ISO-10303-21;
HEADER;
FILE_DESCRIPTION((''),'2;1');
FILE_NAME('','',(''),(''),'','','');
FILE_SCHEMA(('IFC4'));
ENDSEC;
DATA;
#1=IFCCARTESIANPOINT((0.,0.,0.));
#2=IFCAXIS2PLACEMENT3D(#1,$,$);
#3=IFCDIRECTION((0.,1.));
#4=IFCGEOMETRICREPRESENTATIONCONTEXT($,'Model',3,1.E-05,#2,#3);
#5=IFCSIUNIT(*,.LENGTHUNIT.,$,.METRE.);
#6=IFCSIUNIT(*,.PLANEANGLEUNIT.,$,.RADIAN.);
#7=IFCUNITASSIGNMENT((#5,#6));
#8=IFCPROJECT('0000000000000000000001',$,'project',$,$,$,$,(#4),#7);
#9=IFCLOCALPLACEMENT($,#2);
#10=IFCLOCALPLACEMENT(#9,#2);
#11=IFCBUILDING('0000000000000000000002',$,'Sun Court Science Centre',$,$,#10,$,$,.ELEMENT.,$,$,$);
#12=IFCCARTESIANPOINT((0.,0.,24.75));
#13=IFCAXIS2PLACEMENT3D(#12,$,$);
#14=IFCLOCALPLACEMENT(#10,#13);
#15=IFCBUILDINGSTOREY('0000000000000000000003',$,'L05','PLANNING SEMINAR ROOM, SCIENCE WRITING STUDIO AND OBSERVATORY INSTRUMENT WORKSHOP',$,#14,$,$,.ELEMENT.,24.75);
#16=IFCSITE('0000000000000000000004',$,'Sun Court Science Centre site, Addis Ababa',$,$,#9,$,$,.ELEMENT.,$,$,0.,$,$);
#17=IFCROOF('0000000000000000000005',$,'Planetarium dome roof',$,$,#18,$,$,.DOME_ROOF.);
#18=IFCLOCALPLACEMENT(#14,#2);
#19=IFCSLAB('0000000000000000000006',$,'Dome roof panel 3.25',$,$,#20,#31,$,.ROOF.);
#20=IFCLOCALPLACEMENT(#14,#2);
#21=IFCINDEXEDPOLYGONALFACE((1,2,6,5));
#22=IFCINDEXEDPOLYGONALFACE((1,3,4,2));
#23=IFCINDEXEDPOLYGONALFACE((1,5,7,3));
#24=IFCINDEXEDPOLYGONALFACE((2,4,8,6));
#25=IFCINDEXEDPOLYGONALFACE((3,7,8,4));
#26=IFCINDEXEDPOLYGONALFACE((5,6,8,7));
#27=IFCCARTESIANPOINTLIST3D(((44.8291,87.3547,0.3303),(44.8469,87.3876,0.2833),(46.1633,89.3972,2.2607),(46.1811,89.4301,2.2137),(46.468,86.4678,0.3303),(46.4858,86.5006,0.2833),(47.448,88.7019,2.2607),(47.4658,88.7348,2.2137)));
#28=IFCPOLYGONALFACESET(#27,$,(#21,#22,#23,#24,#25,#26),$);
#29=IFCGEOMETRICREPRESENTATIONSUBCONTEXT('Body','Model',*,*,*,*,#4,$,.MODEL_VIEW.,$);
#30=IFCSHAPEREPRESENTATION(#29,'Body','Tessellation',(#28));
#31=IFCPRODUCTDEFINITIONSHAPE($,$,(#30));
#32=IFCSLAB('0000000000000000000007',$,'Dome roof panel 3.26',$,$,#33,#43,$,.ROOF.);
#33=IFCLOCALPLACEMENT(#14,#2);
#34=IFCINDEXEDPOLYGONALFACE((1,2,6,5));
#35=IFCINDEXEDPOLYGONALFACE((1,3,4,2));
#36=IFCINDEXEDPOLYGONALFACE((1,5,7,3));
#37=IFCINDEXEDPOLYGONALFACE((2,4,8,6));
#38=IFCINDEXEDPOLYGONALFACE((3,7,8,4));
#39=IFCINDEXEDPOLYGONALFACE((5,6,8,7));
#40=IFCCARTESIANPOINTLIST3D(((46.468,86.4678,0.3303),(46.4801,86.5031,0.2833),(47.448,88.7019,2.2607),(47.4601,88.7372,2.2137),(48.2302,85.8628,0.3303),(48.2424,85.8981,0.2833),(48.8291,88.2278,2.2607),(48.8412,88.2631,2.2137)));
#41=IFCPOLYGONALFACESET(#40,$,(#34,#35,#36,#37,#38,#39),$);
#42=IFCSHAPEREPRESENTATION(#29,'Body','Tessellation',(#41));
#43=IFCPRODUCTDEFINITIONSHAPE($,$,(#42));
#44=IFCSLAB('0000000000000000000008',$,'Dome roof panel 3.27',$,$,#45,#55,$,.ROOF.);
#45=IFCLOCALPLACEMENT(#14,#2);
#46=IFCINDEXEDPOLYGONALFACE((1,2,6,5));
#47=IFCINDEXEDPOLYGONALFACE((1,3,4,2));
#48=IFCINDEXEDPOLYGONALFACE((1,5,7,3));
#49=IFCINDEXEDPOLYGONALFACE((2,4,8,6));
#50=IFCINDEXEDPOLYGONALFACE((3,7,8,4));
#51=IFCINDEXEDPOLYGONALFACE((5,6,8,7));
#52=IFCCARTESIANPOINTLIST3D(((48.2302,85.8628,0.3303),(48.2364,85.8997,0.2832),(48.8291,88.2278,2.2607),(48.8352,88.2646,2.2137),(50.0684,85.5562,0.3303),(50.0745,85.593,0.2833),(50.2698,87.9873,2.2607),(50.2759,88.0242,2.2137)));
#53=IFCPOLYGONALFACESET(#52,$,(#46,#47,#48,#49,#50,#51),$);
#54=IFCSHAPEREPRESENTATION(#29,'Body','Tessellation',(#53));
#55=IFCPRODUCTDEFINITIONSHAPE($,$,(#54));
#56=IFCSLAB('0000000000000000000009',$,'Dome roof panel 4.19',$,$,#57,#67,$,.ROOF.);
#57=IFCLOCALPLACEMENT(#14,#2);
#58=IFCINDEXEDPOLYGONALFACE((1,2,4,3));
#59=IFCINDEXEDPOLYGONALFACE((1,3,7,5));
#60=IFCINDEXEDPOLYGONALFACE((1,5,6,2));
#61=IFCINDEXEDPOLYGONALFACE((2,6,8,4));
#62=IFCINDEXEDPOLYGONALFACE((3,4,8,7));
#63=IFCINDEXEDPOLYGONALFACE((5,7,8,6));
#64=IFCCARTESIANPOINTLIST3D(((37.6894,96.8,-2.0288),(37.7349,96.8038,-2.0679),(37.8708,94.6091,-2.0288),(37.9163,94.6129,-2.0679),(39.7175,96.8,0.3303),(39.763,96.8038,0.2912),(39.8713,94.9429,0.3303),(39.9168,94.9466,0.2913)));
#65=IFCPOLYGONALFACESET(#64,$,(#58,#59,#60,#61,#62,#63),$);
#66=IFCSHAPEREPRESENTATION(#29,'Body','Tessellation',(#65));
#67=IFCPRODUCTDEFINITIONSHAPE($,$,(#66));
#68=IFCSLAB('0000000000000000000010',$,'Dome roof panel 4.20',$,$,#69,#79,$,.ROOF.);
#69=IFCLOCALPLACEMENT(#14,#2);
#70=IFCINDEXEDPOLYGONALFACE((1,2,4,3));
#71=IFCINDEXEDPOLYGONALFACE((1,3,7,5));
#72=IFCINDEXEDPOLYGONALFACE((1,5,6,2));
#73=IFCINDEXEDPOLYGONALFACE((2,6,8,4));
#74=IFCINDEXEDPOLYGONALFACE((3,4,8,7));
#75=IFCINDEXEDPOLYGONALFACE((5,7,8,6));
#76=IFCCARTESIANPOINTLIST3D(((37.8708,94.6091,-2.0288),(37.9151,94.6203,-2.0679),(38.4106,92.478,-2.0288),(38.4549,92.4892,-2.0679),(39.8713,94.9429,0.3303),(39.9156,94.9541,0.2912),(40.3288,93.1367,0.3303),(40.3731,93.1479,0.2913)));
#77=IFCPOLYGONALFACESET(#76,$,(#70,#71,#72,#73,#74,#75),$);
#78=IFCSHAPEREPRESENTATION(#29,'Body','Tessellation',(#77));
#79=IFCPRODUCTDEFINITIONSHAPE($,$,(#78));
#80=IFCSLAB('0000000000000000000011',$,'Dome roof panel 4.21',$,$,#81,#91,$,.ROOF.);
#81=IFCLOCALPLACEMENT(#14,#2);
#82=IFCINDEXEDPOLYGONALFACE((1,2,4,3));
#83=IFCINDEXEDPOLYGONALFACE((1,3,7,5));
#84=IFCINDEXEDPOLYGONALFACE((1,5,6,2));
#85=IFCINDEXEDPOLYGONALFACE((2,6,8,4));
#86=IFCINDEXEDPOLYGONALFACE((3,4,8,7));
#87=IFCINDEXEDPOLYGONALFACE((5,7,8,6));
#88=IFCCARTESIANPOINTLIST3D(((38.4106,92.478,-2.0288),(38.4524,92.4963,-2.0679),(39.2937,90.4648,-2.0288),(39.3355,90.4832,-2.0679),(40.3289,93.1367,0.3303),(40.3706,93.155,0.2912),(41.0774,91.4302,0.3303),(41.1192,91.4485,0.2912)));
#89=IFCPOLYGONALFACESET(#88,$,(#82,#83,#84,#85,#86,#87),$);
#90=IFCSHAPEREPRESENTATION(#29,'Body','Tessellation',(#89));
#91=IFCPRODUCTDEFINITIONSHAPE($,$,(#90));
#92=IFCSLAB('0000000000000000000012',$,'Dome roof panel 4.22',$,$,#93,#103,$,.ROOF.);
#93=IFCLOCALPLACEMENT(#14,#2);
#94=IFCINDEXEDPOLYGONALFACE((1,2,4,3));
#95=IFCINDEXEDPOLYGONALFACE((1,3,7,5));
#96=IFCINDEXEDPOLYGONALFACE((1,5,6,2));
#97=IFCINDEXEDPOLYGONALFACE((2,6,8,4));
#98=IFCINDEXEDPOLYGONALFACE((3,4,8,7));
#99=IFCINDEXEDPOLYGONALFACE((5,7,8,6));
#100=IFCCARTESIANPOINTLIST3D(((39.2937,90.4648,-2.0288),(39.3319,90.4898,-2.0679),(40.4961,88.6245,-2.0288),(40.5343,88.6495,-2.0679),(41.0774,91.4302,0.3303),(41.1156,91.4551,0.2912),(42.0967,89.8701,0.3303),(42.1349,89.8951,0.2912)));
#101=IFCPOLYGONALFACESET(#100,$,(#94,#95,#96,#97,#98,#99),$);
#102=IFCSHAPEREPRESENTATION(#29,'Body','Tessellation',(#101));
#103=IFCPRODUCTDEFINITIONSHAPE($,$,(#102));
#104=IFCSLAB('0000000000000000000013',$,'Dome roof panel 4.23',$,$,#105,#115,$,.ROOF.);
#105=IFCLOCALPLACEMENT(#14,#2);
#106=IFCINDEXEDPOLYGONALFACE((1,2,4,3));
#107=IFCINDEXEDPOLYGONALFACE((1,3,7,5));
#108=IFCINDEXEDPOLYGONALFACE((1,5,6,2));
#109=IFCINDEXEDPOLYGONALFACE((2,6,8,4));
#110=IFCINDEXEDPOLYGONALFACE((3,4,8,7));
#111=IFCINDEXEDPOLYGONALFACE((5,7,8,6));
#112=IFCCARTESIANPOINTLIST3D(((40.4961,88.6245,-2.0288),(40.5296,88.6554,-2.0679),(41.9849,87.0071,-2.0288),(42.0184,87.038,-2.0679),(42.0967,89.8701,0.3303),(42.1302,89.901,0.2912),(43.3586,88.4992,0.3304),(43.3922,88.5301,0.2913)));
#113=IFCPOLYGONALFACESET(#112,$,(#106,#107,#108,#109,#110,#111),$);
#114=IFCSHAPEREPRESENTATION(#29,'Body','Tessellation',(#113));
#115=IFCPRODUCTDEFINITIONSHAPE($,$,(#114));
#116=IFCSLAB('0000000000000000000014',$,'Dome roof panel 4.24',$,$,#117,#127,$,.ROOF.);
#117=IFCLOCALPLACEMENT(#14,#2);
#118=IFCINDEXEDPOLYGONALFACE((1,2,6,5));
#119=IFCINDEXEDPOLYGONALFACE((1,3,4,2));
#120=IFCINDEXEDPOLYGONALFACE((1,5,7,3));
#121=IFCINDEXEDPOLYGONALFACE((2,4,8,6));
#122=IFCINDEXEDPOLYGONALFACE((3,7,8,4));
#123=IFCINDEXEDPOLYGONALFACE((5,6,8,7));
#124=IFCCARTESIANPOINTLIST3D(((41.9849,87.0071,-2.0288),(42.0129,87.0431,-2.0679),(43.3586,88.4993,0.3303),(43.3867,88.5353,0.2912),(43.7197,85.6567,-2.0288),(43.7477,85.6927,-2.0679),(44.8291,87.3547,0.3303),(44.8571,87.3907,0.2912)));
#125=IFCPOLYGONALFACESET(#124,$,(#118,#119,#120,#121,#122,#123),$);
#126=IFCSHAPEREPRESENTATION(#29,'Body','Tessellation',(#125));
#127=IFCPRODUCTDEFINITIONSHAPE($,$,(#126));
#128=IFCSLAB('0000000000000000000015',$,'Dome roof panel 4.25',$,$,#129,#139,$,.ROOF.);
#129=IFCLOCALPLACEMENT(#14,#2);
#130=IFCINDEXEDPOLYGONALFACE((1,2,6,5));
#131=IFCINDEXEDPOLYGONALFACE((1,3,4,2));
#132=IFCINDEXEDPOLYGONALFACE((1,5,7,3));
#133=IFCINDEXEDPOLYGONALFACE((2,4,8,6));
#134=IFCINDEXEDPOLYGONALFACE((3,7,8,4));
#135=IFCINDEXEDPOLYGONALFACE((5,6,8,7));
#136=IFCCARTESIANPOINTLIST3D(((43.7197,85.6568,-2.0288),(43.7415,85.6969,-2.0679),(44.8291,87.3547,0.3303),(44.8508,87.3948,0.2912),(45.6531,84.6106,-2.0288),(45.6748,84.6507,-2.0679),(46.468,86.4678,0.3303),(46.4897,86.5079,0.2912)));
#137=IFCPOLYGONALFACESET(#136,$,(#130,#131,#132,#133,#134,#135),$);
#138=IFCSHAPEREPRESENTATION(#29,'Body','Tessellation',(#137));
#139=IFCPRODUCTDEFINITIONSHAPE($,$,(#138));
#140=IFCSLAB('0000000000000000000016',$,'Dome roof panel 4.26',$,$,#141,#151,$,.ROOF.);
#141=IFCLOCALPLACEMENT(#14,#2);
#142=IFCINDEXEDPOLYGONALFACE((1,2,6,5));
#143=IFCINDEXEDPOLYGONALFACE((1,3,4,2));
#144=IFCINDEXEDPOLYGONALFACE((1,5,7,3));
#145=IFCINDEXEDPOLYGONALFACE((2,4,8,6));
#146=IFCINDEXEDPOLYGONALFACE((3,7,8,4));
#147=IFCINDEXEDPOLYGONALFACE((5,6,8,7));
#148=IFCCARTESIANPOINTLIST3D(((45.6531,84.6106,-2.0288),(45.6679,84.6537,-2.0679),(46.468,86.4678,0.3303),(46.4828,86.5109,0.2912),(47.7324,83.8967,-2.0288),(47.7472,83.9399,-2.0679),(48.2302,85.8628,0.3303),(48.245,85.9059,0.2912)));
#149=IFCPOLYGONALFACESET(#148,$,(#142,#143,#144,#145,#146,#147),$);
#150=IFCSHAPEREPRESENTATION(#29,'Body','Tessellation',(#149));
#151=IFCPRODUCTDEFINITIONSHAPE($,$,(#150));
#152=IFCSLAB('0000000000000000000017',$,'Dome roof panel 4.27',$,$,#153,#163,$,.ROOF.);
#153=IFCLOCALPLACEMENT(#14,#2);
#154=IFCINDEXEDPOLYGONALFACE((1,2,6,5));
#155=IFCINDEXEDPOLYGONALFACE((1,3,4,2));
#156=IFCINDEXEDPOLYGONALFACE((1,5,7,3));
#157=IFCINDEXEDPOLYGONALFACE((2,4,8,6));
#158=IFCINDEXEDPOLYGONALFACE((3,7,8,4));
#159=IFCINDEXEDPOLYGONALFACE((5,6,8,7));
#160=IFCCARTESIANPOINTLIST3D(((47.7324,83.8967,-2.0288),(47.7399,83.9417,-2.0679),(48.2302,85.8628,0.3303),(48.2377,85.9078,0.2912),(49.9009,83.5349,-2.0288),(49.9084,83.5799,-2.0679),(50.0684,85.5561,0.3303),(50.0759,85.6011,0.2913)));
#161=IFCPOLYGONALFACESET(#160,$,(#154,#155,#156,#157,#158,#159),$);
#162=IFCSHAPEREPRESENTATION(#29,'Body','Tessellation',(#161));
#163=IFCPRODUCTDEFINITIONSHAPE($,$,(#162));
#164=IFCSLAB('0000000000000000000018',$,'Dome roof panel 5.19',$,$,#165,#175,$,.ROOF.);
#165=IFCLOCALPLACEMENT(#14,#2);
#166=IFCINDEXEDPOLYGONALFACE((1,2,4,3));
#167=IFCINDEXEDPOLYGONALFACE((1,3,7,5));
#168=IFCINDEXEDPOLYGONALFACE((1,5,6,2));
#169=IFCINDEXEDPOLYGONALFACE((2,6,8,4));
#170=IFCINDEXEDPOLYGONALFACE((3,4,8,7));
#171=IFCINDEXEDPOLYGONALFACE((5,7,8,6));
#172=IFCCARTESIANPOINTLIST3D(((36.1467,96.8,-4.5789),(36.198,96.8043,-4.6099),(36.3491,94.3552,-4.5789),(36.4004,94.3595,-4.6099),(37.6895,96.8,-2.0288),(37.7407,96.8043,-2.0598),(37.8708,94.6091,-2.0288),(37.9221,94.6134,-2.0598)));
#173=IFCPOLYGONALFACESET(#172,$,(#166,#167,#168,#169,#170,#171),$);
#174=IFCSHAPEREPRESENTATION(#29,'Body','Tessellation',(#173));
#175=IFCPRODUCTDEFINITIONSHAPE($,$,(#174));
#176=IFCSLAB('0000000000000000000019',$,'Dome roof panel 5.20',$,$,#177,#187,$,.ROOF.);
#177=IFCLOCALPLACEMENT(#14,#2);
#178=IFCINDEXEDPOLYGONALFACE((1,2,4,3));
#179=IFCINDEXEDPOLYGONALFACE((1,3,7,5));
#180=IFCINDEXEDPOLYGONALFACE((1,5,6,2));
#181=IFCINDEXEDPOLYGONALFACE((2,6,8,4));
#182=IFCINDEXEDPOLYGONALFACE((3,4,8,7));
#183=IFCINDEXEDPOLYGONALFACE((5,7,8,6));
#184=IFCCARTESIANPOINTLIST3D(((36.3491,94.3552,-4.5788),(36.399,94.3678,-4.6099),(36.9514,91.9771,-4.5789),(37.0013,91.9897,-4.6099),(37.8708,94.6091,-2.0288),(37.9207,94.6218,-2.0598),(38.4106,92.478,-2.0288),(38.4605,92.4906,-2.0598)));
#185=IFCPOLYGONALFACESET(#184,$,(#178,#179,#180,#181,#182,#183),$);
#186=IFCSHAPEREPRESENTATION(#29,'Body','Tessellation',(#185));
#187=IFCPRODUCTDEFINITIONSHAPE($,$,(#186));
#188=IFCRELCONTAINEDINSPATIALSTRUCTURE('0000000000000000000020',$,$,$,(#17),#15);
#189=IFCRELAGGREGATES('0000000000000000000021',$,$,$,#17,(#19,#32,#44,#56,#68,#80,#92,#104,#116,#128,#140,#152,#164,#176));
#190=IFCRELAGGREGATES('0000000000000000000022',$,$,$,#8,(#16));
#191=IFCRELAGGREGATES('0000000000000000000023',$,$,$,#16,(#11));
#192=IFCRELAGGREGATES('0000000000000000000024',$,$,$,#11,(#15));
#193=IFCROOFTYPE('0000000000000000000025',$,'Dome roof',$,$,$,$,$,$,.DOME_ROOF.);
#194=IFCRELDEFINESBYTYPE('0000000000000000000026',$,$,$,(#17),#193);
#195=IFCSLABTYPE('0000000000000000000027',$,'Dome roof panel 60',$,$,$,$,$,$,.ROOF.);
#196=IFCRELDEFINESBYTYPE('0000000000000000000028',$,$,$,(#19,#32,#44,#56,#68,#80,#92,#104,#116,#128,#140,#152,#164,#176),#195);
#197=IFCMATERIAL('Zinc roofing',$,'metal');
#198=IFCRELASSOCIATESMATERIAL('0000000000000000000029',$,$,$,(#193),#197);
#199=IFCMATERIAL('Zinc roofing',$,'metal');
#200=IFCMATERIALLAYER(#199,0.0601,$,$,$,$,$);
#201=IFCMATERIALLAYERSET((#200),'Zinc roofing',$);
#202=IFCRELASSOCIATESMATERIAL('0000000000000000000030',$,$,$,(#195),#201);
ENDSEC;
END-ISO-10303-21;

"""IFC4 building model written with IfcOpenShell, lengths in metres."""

from ifc_helpers import new_model, si_unit, direction, frame, origin, place, context, subcontext, project, spatial, polyline, outline, extrude, material, layer, layer_set, type_object, element, aggregate, save


model = new_model("IFC4")

# Units and contexts
model_context = context("Model", 3, precision=1e-05, world=origin(), true_north=direction((0.0, 1.0)))
body_context = subcontext(model_context, "Body", "Model", "MODEL_VIEW")
ifc_project = project(units=[si_unit("LENGTHUNIT", "METRE"), si_unit("PLANEANGLEUNIT", "RADIAN")], contexts=[model_context])

# Site, building, storey
site_placement = place(None, origin())
site = spatial("IfcSite", under=ifc_project, at=site_placement, Name="Sun Court Science Centre site, Addis Ababa", CompositionType="ELEMENT", RefElevation=0.0)
building_placement = place(site_placement, origin())
building = spatial("IfcBuilding", under=site, at=building_placement, Name="Sun Court Science Centre", CompositionType="ELEMENT")
storey_placement = place(building_placement, frame((0.0, 0.0, 24.75)))
storey = spatial("IfcBuildingStorey", under=building, at=storey_placement, Name="L05", Description="PLANNING SEMINAR ROOM, SCIENCE WRITING STUDIO AND OBSERVATORY INSTRUMENT WORKSHOP", CompositionType="ELEMENT", Elevation=24.75)

# Roof, slabs
ifc_material_1 = material(Name="Zinc roofing", Category="metal")
roof_type = type_object("IfcRoofType", Name="Dome roof", PredefinedType="DOME_ROOF", material=ifc_material_1)
roof_placement = place(storey_placement, origin())
roof = element("IfcRoof", 1, at=roof_placement, inside=storey, type_object=roof_type, Name="Planetarium dome roof", PredefinedType="DOME_ROOF")
ifc_material_2 = material(Name="Zinc roofing", Category="metal")
ifc_layer = layer(ifc_material_2, 0.0601)
ifc_layer_set = layer_set([ifc_layer], Name="Zinc roofing")
slab_type = type_object("IfcSlabType", Name="Dome roof panel 60", PredefinedType="ROOF", material=ifc_layer_set)
slab_1_placement = place(storey_placement, frame((46.1633, 89.3972, 2.2607), z_axis=(-0.295969, -0.546864, 0.783161), x_axis=(0.879453, -0.475985, -0.000011)))
slab_1 = element("IfcSlab", 2, at=slab_1_placement, type_object=slab_type, Name="Dome roof panel 3.25", PredefinedType="ROOF", context=body_context, shape_type="SweptSolid", body=[
    extrude(outline(polyline([(0.0, 0.0), (1.4608, 0.0), (1.6623, -3.1044), (-0.2012, -3.1045), (0.0, 0.0)])), origin(), (0.0, 0.0, -1.0), 0.0601),
])
slab_2_placement = place(storey_placement, frame((47.448, 88.7019, 2.2607), z_axis=(-0.201905, -0.588129, 0.78316), x_axis=(0.945819, -0.324695, 0.000004)))
slab_2 = element("IfcSlab", 3, at=slab_2_placement, type_object=slab_type, Name="Dome roof panel 3.26", PredefinedType="ROOF", context=body_context, shape_type="SweptSolid", body=[
    extrude(outline(polyline([(0.0, 0.0), (1.4602, 0.0), (1.6617, -3.1045), (-0.2015, -3.1045), (0.0, 0.0)])), origin(), (0.0, 0.0, -1.0), 0.0601),
])
slab_3_placement = place(storey_placement, frame((48.8291, 88.2278, 2.2607), z_axis=(-0.102347, -0.61335, 0.783152), x_axis=(0.986357, -0.164622, -0.000026)))
slab_3 = element("IfcSlab", 4, at=slab_3_placement, type_object=slab_type, Name="Dome roof panel 3.27", PredefinedType="ROOF", context=body_context, shape_type="SweptSolid", body=[
    extrude(outline(polyline([(0.0, 0.0), (1.4606, 0.0), (1.6622, -3.1043), (-0.2013, -3.1045), (0.0, 0.0)])), origin(), (0.0, 0.0, -1.0), 0.0601),
])
slab_4_placement = place(storey_placement, frame((39.7175, 96.8, 0.3303), z_axis=(-0.756814, -0.062668, 0.650619), x_axis=(0.082529, -0.996589, 0.000006)))
slab_4 = element("IfcSlab", 5, at=slab_4_placement, type_object=slab_type, Name="Dome roof panel 4.19", PredefinedType="ROOF", context=body_context, shape_type="SweptSolid", body=[
    extrude(outline(polyline([(0.0, 0.0), (1.8635, 0.0), (2.031, -3.1066), (-0.1674, -3.1065), (0.0, 0.0)])), origin(), (0.0, 0.0, -1.0), 0.0601),
])
slab_5_placement = place(storey_placement, frame((39.8713, 94.9429, 0.3303), z_axis=(-0.736151, -0.186468, 0.650624), x_axis=(0.245551, -0.969384, 0.000005)))
slab_5 = element("IfcSlab", 6, at=slab_5_placement, type_object=slab_type, Name="Dome roof panel 4.20", PredefinedType="ROOF", context=body_context, shape_type="SweptSolid", body=[
    extrude(outline(polyline([(0.0, 0.0), (1.8632, 0.0), (2.0307, -3.1066), (-0.1677, -3.1066), (0.0, 0.0)])), origin(), (0.0, 0.0, -1.0), 0.0601),
])
slab_6_placement = place(storey_placement, frame((40.3289, 93.1367, 0.3303), z_axis=(-0.695437, -0.305041, 0.650628), x_axis=(0.401687, -0.915777, -0.000002)))
slab_6 = element("IfcSlab", 7, at=slab_6_placement, type_object=slab_type, Name="Dome roof panel 4.21", PredefinedType="ROOF", context=body_context, shape_type="SweptSolid", body=[
    extrude(outline(polyline([(0.0, 0.0), (1.8635, 0.0), (2.031, -3.1066), (-0.1673, -3.1066), (0.0, 0.0)])), origin(), (0.0, 0.0, -1.0), 0.0601),
])
slab_7_placement = place(storey_placement, frame((41.0774, 91.4302, 0.3303), z_axis=(-0.635733, -0.415362, 0.650629), x_axis=(0.546965, -0.837155, 0.000002)))
slab_7 = element("IfcSlab", 8, at=slab_7_placement, type_object=slab_type, Name="Dome roof panel 4.22", PredefinedType="ROOF", context=body_context, shape_type="SweptSolid", body=[
    extrude(outline(polyline([(0.0, 0.0), (1.8635, 0.0), (2.0308, -3.1066), (-0.1675, -3.1066), (0.0, 0.0)])), origin(), (0.0, 0.0, -1.0), 0.0601),
])
slab_8_placement = place(storey_placement, frame((42.0967, 89.8701, 0.3303), z_axis=(-0.558716, -0.514302, 0.650638), x_axis=(0.677269, -0.735735, 0.000017)))
slab_8 = element("IfcSlab", 9, at=slab_8_placement, type_object=slab_type, Name="Dome roof panel 4.23", PredefinedType="ROOF", context=body_context, shape_type="SweptSolid", body=[
    extrude(outline(polyline([(0.0, 0.0), (1.8633, 0.0), (2.0307, -3.1067), (-0.1676, -3.1066), (0.0, 0.0)])), origin(), (0.0, 0.0, -1.0), 0.0601),
])
slab_9_placement = place(storey_placement, frame((43.3586, 88.4993, 0.3303), z_axis=(-0.466428, -0.59925, 0.650649), x_axis=(0.789133, -0.614223, 0.000001)))
slab_9 = element("IfcSlab", 10, at=slab_9_placement, type_object=slab_type, Name="Dome roof panel 4.24", PredefinedType="ROOF", context=body_context, shape_type="SweptSolid", body=[
    extrude(outline(polyline([(0.0, 0.0), (1.8634, 0.0), (2.0309, -3.1067), (-0.1676, -3.1067), (0.0, 0.0)])), origin(), (0.0, 0.0, -1.0), 0.0601),
])
slab_10_placement = place(storey_placement, frame((44.8291, 87.3547, 0.3303), z_axis=(-0.361414, -0.667871, 0.650637), x_axis=(0.879478, -0.47594, -0.000018)))
slab_10 = element("IfcSlab", 11, at=slab_10_placement, type_object=slab_type, Name="Dome roof panel 4.25", PredefinedType="ROOF", context=body_context, shape_type="SweptSolid", body=[
    extrude(outline(polyline([(0.0, 0.0), (1.8635, 0.0), (2.0308, -3.1066), (-0.1675, -3.1067), (0.0, 0.0)])), origin(), (0.0, 0.0, -1.0), 0.0601),
])
slab_11_placement = place(storey_placement, frame((46.468, 86.4678, 0.3303), z_axis=(-0.246586, -0.718258, 0.650616), x_axis=(0.945814, -0.324708, 0.000001)))
slab_11 = element("IfcSlab", 12, at=slab_11_placement, type_object=slab_type, Name="Dome roof panel 4.26", PredefinedType="ROOF", context=body_context, shape_type="SweptSolid", body=[
    extrude(outline(polyline([(0.0, 0.0), (1.8632, 0.0), (2.0307, -3.1065), (-0.1677, -3.1065), (0.0, 0.0)])), origin(), (0.0, 0.0, -1.0), 0.0601),
])
slab_12_placement = place(storey_placement, frame((48.2302, 85.8628, 0.3303), z_axis=(-0.12497, -0.749046, 0.650624), x_axis=(0.986367, -0.164557, 0.000009)))
slab_12 = element("IfcSlab", 13, at=slab_12_placement, type_object=slab_type, Name="Dome roof panel 4.27", PredefinedType="ROOF", context=body_context, shape_type="SweptSolid", body=[
    extrude(outline(polyline([(0.0, 0.0), (1.8635, 0.0), (2.0309, -3.1066), (-0.1675, -3.1066), (0.0, 0.0)])), origin(), (0.0, 0.0, -1.0), 0.0601),
])
slab_13_placement = place(storey_placement, frame((37.6895, 96.8, -2.0288), z_axis=(-0.853468, -0.070658, 0.516334), x_axis=(0.082508, -0.99659, 0.000002)))
slab_13 = element("IfcSlab", 14, at=slab_13_placement, type_object=slab_type, Name="Dome roof panel 5.19", PredefinedType="ROOF", context=body_context, shape_type="SweptSolid", body=[
    extrude(outline(polyline([(0.0, 0.0), (2.1984, 0.0), (2.3259, -2.9777), (-0.1273, -2.9777), (0.0, 0.0)])), origin(), (0.0, 0.0, -1.0), 0.0601),
])
slab_14_placement = place(storey_placement, frame((37.8708, 94.6091, -2.0288), z_axis=(-0.830167, -0.210261, 0.516346), x_axis=(0.245527, -0.96939, 0.000007)))
slab_14 = element("IfcSlab", 15, at=slab_14_placement, type_object=slab_type, Name="Dome roof panel 5.20", PredefinedType="ROOF", context=body_context, shape_type="SweptSolid", body=[
    extrude(outline(polyline([(0.0, 0.0), (2.1984, 0.0), (2.3257, -2.9777), (-0.1275, -2.9777), (0.0, 0.0)])), origin(), (0.0, 0.0, -1.0), 0.0601),
])
aggregate(roof, [slab_1, slab_2, slab_3, slab_4, slab_5, slab_6, slab_7, slab_8, slab_9, slab_10, slab_11, slab_12, slab_13, slab_14])

save(model, "model.ifc")
